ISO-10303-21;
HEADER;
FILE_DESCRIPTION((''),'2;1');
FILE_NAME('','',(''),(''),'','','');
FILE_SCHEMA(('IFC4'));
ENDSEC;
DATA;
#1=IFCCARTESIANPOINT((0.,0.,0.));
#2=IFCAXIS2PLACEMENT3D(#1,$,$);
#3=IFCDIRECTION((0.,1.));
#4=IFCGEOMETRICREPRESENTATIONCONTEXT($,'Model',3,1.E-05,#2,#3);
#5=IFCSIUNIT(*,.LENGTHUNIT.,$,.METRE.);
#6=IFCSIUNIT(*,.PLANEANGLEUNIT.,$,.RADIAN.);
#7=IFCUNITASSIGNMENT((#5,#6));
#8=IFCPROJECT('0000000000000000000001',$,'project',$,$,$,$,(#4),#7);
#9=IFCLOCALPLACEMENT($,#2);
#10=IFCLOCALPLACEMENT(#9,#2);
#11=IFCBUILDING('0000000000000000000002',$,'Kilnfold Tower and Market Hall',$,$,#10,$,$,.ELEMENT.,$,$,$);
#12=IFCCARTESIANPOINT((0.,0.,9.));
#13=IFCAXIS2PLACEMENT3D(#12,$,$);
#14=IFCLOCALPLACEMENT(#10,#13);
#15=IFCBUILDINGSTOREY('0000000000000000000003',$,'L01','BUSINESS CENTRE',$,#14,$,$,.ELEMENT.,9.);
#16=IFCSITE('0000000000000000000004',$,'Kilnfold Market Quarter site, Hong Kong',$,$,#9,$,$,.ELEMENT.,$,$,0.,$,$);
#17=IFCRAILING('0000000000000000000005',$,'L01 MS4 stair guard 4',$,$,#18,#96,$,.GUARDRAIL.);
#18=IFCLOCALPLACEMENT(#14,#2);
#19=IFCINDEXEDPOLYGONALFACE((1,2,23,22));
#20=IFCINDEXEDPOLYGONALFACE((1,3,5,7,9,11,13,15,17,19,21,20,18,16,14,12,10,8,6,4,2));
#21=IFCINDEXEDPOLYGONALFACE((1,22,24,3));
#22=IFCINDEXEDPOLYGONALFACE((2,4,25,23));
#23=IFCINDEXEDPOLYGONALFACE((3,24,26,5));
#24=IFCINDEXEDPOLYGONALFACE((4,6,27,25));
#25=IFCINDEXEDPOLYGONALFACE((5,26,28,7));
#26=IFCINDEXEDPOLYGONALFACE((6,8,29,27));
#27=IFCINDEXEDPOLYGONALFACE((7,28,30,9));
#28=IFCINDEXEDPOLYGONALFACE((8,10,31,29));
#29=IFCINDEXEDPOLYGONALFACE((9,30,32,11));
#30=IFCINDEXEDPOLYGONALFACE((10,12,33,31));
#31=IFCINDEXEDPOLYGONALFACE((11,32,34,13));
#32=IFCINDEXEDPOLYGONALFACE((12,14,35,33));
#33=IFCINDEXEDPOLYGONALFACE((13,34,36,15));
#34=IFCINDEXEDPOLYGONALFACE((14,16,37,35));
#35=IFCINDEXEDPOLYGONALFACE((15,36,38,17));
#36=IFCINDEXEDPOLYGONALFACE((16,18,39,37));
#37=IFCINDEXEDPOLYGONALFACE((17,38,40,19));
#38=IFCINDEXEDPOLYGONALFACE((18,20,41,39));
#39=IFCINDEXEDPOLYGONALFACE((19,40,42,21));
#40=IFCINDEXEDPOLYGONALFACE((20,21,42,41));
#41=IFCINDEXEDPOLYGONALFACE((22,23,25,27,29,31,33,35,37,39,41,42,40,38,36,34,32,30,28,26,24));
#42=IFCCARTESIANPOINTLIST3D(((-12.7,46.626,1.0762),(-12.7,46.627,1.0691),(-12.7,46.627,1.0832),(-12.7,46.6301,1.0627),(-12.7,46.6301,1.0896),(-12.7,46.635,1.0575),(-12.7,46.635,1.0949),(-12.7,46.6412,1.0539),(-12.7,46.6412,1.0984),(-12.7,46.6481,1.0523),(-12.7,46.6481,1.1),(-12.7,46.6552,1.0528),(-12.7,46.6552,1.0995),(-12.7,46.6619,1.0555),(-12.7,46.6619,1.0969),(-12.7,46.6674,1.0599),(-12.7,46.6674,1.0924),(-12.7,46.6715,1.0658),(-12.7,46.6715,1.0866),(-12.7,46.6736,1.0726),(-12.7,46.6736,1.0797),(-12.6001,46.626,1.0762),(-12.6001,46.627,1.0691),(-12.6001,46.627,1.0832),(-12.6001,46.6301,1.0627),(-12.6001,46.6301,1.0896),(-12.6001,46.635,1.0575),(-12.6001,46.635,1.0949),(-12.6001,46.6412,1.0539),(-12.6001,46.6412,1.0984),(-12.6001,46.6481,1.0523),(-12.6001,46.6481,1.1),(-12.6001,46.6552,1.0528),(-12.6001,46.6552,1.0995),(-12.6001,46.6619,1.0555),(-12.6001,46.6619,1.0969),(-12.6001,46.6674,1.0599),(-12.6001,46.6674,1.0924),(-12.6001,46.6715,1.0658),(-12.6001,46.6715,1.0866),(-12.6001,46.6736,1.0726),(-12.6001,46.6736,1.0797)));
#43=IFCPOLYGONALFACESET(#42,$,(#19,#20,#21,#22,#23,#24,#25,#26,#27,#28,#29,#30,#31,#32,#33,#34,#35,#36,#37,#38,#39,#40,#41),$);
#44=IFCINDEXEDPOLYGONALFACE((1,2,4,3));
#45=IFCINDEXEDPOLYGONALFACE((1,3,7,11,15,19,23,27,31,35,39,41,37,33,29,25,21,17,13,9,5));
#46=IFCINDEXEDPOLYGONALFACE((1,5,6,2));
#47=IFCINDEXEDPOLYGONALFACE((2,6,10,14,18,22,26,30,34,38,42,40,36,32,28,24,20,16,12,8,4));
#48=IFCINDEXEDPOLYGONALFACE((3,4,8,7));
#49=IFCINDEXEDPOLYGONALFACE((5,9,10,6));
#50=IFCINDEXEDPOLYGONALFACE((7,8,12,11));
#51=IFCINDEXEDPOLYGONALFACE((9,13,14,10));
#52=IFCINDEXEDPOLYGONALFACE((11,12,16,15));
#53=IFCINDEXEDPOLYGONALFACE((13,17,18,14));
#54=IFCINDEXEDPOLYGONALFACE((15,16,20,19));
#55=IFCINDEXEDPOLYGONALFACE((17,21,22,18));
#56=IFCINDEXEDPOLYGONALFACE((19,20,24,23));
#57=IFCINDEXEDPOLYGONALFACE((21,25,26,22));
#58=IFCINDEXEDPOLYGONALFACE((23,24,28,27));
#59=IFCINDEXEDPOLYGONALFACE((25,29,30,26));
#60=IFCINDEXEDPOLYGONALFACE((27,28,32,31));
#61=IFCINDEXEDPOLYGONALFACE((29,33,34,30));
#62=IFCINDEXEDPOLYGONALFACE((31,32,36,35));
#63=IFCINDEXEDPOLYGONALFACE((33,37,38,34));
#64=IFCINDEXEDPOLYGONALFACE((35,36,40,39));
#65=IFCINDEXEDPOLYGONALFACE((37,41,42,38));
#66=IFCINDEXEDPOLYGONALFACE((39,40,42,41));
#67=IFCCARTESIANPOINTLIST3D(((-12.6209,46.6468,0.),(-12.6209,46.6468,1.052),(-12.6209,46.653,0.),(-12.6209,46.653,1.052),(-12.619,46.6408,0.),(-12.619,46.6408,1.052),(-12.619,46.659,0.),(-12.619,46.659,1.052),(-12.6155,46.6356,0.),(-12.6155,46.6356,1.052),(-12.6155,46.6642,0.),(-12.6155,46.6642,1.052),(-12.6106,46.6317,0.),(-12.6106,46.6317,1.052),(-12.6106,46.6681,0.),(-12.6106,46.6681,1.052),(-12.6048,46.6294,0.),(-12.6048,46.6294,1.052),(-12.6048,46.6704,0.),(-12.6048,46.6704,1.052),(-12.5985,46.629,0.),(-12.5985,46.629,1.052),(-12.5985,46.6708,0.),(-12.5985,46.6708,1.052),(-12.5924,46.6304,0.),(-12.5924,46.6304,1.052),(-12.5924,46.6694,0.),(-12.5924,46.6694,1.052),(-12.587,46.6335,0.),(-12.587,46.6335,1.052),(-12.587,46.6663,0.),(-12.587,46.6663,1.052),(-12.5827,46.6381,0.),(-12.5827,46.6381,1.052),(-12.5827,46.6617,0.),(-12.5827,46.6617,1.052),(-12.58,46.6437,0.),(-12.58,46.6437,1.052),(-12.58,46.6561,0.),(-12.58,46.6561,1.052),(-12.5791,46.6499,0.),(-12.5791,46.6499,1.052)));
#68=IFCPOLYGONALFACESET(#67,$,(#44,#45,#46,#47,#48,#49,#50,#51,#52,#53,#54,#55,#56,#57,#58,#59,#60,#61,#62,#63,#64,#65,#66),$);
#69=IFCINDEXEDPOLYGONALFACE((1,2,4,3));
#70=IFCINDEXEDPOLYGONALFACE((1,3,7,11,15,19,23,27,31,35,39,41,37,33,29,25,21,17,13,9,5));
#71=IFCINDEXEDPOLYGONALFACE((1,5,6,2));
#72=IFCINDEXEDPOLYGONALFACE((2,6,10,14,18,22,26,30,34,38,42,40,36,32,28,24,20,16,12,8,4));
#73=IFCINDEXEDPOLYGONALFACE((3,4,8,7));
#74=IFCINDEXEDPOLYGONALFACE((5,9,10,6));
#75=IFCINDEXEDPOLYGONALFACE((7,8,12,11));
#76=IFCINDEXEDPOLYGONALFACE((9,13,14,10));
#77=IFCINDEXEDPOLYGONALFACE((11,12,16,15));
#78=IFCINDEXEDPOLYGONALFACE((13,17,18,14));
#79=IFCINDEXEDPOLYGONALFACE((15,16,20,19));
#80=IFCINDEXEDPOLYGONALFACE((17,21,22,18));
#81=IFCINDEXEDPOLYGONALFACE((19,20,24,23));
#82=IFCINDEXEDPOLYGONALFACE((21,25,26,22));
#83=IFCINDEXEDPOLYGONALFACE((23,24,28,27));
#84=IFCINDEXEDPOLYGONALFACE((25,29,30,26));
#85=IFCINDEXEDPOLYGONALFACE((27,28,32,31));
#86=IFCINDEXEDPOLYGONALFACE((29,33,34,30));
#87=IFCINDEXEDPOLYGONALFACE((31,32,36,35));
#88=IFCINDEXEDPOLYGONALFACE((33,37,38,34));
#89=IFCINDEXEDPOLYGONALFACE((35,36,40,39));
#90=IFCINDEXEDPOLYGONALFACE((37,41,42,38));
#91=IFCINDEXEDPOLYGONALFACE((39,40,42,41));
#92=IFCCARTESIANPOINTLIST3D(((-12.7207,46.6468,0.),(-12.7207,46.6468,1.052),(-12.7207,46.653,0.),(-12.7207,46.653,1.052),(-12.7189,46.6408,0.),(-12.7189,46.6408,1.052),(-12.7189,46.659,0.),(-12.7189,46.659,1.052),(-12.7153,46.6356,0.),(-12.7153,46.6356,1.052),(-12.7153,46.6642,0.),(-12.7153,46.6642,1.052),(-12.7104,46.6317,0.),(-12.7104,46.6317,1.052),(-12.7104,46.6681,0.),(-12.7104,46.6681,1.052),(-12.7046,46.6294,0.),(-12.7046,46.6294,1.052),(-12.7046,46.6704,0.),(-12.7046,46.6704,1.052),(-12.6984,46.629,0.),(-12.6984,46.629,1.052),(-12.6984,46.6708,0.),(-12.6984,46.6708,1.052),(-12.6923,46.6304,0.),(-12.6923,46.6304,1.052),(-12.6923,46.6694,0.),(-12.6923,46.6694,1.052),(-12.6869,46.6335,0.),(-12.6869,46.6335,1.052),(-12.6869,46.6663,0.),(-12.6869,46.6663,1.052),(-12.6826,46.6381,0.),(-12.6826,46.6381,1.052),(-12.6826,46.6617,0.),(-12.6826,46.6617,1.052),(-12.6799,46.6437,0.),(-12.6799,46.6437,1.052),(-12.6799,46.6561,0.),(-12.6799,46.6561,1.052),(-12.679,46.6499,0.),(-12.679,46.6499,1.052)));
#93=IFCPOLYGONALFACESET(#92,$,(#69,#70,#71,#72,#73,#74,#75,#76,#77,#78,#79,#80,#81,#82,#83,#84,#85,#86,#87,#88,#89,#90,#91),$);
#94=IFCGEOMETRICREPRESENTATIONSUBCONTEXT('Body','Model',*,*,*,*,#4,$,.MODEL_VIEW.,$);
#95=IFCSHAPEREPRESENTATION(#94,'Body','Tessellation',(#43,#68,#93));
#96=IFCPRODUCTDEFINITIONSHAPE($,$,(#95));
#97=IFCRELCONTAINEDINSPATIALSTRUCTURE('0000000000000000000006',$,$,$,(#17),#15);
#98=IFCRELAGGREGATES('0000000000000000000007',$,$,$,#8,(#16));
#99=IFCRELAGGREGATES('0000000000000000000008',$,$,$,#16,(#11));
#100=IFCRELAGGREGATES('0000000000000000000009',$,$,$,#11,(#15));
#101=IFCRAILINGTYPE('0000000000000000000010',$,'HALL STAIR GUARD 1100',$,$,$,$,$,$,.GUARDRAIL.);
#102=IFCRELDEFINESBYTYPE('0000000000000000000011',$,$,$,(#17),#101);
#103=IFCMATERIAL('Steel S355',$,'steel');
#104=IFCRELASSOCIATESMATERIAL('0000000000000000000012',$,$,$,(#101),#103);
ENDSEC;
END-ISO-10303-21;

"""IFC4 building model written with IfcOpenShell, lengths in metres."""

from ifc_helpers import new_model, si_unit, direction, frame, origin, origin_2d, place, context, subcontext, project, spatial, circle, extrude, material, type_object, element, save


model = new_model("IFC4")

# Units and contexts
model_context = context("Model", 3, precision=1e-05, world=origin(), true_north=direction((0.0, 1.0)))
body_context = subcontext(model_context, "Body", "Model", "MODEL_VIEW")
ifc_project = project(units=[si_unit("LENGTHUNIT", "METRE"), si_unit("PLANEANGLEUNIT", "RADIAN")], contexts=[model_context])

# Site, building, storey
site_placement = place(None, origin())
site = spatial("IfcSite", under=ifc_project, at=site_placement, Name="Kilnfold Market Quarter site, Hong Kong", CompositionType="ELEMENT", RefElevation=0.0)
building_placement = place(site_placement, origin())
building = spatial("IfcBuilding", under=site, at=building_placement, Name="Kilnfold Tower and Market Hall", CompositionType="ELEMENT")
storey_placement = place(building_placement, frame((0.0, 0.0, 9.0)))
storey = spatial("IfcBuildingStorey", under=building, at=storey_placement, Name="L01", Description="BUSINESS CENTRE", CompositionType="ELEMENT", Elevation=9.0)

# Railing
ifc_material_1 = material(Name="Steel S355", Category="steel")
railing_type_1 = type_object("IfcRailingType", Name="HALL STAIR GUARD 1100", PredefinedType="GUARDRAIL", material=ifc_material_1)
railing_1_placement = place(storey_placement, frame((-12.6001, 46.6499, 0.0)))
element("IfcRailing", 1, at=railing_1_placement, inside=storey, type_object=railing_type_1, Name="L01 MS4 stair guard 4", PredefinedType="GUARDRAIL", context=body_context, shape_type="SweptSolid", body=[
    extrude(circle(Radius=0.0239, at=origin_2d()), frame((0.0, 0.0, 1.0762), z_axis=(-1.0, 0.0, 0.0), x_axis=(0.0, -1.0, 0.0)), (0.0, 0.0, 1.0), 0.0999),
    extrude(circle(Radius=0.021, at=origin_2d()), origin(), (0.0, 0.0, 1.0), 1.052),
    extrude(circle(Radius=0.021, at=origin_2d()), frame((-0.0999, 0.0, 0.0)), (0.0, 0.0, 1.0), 1.052),
])

save(model, "model.ifc")
